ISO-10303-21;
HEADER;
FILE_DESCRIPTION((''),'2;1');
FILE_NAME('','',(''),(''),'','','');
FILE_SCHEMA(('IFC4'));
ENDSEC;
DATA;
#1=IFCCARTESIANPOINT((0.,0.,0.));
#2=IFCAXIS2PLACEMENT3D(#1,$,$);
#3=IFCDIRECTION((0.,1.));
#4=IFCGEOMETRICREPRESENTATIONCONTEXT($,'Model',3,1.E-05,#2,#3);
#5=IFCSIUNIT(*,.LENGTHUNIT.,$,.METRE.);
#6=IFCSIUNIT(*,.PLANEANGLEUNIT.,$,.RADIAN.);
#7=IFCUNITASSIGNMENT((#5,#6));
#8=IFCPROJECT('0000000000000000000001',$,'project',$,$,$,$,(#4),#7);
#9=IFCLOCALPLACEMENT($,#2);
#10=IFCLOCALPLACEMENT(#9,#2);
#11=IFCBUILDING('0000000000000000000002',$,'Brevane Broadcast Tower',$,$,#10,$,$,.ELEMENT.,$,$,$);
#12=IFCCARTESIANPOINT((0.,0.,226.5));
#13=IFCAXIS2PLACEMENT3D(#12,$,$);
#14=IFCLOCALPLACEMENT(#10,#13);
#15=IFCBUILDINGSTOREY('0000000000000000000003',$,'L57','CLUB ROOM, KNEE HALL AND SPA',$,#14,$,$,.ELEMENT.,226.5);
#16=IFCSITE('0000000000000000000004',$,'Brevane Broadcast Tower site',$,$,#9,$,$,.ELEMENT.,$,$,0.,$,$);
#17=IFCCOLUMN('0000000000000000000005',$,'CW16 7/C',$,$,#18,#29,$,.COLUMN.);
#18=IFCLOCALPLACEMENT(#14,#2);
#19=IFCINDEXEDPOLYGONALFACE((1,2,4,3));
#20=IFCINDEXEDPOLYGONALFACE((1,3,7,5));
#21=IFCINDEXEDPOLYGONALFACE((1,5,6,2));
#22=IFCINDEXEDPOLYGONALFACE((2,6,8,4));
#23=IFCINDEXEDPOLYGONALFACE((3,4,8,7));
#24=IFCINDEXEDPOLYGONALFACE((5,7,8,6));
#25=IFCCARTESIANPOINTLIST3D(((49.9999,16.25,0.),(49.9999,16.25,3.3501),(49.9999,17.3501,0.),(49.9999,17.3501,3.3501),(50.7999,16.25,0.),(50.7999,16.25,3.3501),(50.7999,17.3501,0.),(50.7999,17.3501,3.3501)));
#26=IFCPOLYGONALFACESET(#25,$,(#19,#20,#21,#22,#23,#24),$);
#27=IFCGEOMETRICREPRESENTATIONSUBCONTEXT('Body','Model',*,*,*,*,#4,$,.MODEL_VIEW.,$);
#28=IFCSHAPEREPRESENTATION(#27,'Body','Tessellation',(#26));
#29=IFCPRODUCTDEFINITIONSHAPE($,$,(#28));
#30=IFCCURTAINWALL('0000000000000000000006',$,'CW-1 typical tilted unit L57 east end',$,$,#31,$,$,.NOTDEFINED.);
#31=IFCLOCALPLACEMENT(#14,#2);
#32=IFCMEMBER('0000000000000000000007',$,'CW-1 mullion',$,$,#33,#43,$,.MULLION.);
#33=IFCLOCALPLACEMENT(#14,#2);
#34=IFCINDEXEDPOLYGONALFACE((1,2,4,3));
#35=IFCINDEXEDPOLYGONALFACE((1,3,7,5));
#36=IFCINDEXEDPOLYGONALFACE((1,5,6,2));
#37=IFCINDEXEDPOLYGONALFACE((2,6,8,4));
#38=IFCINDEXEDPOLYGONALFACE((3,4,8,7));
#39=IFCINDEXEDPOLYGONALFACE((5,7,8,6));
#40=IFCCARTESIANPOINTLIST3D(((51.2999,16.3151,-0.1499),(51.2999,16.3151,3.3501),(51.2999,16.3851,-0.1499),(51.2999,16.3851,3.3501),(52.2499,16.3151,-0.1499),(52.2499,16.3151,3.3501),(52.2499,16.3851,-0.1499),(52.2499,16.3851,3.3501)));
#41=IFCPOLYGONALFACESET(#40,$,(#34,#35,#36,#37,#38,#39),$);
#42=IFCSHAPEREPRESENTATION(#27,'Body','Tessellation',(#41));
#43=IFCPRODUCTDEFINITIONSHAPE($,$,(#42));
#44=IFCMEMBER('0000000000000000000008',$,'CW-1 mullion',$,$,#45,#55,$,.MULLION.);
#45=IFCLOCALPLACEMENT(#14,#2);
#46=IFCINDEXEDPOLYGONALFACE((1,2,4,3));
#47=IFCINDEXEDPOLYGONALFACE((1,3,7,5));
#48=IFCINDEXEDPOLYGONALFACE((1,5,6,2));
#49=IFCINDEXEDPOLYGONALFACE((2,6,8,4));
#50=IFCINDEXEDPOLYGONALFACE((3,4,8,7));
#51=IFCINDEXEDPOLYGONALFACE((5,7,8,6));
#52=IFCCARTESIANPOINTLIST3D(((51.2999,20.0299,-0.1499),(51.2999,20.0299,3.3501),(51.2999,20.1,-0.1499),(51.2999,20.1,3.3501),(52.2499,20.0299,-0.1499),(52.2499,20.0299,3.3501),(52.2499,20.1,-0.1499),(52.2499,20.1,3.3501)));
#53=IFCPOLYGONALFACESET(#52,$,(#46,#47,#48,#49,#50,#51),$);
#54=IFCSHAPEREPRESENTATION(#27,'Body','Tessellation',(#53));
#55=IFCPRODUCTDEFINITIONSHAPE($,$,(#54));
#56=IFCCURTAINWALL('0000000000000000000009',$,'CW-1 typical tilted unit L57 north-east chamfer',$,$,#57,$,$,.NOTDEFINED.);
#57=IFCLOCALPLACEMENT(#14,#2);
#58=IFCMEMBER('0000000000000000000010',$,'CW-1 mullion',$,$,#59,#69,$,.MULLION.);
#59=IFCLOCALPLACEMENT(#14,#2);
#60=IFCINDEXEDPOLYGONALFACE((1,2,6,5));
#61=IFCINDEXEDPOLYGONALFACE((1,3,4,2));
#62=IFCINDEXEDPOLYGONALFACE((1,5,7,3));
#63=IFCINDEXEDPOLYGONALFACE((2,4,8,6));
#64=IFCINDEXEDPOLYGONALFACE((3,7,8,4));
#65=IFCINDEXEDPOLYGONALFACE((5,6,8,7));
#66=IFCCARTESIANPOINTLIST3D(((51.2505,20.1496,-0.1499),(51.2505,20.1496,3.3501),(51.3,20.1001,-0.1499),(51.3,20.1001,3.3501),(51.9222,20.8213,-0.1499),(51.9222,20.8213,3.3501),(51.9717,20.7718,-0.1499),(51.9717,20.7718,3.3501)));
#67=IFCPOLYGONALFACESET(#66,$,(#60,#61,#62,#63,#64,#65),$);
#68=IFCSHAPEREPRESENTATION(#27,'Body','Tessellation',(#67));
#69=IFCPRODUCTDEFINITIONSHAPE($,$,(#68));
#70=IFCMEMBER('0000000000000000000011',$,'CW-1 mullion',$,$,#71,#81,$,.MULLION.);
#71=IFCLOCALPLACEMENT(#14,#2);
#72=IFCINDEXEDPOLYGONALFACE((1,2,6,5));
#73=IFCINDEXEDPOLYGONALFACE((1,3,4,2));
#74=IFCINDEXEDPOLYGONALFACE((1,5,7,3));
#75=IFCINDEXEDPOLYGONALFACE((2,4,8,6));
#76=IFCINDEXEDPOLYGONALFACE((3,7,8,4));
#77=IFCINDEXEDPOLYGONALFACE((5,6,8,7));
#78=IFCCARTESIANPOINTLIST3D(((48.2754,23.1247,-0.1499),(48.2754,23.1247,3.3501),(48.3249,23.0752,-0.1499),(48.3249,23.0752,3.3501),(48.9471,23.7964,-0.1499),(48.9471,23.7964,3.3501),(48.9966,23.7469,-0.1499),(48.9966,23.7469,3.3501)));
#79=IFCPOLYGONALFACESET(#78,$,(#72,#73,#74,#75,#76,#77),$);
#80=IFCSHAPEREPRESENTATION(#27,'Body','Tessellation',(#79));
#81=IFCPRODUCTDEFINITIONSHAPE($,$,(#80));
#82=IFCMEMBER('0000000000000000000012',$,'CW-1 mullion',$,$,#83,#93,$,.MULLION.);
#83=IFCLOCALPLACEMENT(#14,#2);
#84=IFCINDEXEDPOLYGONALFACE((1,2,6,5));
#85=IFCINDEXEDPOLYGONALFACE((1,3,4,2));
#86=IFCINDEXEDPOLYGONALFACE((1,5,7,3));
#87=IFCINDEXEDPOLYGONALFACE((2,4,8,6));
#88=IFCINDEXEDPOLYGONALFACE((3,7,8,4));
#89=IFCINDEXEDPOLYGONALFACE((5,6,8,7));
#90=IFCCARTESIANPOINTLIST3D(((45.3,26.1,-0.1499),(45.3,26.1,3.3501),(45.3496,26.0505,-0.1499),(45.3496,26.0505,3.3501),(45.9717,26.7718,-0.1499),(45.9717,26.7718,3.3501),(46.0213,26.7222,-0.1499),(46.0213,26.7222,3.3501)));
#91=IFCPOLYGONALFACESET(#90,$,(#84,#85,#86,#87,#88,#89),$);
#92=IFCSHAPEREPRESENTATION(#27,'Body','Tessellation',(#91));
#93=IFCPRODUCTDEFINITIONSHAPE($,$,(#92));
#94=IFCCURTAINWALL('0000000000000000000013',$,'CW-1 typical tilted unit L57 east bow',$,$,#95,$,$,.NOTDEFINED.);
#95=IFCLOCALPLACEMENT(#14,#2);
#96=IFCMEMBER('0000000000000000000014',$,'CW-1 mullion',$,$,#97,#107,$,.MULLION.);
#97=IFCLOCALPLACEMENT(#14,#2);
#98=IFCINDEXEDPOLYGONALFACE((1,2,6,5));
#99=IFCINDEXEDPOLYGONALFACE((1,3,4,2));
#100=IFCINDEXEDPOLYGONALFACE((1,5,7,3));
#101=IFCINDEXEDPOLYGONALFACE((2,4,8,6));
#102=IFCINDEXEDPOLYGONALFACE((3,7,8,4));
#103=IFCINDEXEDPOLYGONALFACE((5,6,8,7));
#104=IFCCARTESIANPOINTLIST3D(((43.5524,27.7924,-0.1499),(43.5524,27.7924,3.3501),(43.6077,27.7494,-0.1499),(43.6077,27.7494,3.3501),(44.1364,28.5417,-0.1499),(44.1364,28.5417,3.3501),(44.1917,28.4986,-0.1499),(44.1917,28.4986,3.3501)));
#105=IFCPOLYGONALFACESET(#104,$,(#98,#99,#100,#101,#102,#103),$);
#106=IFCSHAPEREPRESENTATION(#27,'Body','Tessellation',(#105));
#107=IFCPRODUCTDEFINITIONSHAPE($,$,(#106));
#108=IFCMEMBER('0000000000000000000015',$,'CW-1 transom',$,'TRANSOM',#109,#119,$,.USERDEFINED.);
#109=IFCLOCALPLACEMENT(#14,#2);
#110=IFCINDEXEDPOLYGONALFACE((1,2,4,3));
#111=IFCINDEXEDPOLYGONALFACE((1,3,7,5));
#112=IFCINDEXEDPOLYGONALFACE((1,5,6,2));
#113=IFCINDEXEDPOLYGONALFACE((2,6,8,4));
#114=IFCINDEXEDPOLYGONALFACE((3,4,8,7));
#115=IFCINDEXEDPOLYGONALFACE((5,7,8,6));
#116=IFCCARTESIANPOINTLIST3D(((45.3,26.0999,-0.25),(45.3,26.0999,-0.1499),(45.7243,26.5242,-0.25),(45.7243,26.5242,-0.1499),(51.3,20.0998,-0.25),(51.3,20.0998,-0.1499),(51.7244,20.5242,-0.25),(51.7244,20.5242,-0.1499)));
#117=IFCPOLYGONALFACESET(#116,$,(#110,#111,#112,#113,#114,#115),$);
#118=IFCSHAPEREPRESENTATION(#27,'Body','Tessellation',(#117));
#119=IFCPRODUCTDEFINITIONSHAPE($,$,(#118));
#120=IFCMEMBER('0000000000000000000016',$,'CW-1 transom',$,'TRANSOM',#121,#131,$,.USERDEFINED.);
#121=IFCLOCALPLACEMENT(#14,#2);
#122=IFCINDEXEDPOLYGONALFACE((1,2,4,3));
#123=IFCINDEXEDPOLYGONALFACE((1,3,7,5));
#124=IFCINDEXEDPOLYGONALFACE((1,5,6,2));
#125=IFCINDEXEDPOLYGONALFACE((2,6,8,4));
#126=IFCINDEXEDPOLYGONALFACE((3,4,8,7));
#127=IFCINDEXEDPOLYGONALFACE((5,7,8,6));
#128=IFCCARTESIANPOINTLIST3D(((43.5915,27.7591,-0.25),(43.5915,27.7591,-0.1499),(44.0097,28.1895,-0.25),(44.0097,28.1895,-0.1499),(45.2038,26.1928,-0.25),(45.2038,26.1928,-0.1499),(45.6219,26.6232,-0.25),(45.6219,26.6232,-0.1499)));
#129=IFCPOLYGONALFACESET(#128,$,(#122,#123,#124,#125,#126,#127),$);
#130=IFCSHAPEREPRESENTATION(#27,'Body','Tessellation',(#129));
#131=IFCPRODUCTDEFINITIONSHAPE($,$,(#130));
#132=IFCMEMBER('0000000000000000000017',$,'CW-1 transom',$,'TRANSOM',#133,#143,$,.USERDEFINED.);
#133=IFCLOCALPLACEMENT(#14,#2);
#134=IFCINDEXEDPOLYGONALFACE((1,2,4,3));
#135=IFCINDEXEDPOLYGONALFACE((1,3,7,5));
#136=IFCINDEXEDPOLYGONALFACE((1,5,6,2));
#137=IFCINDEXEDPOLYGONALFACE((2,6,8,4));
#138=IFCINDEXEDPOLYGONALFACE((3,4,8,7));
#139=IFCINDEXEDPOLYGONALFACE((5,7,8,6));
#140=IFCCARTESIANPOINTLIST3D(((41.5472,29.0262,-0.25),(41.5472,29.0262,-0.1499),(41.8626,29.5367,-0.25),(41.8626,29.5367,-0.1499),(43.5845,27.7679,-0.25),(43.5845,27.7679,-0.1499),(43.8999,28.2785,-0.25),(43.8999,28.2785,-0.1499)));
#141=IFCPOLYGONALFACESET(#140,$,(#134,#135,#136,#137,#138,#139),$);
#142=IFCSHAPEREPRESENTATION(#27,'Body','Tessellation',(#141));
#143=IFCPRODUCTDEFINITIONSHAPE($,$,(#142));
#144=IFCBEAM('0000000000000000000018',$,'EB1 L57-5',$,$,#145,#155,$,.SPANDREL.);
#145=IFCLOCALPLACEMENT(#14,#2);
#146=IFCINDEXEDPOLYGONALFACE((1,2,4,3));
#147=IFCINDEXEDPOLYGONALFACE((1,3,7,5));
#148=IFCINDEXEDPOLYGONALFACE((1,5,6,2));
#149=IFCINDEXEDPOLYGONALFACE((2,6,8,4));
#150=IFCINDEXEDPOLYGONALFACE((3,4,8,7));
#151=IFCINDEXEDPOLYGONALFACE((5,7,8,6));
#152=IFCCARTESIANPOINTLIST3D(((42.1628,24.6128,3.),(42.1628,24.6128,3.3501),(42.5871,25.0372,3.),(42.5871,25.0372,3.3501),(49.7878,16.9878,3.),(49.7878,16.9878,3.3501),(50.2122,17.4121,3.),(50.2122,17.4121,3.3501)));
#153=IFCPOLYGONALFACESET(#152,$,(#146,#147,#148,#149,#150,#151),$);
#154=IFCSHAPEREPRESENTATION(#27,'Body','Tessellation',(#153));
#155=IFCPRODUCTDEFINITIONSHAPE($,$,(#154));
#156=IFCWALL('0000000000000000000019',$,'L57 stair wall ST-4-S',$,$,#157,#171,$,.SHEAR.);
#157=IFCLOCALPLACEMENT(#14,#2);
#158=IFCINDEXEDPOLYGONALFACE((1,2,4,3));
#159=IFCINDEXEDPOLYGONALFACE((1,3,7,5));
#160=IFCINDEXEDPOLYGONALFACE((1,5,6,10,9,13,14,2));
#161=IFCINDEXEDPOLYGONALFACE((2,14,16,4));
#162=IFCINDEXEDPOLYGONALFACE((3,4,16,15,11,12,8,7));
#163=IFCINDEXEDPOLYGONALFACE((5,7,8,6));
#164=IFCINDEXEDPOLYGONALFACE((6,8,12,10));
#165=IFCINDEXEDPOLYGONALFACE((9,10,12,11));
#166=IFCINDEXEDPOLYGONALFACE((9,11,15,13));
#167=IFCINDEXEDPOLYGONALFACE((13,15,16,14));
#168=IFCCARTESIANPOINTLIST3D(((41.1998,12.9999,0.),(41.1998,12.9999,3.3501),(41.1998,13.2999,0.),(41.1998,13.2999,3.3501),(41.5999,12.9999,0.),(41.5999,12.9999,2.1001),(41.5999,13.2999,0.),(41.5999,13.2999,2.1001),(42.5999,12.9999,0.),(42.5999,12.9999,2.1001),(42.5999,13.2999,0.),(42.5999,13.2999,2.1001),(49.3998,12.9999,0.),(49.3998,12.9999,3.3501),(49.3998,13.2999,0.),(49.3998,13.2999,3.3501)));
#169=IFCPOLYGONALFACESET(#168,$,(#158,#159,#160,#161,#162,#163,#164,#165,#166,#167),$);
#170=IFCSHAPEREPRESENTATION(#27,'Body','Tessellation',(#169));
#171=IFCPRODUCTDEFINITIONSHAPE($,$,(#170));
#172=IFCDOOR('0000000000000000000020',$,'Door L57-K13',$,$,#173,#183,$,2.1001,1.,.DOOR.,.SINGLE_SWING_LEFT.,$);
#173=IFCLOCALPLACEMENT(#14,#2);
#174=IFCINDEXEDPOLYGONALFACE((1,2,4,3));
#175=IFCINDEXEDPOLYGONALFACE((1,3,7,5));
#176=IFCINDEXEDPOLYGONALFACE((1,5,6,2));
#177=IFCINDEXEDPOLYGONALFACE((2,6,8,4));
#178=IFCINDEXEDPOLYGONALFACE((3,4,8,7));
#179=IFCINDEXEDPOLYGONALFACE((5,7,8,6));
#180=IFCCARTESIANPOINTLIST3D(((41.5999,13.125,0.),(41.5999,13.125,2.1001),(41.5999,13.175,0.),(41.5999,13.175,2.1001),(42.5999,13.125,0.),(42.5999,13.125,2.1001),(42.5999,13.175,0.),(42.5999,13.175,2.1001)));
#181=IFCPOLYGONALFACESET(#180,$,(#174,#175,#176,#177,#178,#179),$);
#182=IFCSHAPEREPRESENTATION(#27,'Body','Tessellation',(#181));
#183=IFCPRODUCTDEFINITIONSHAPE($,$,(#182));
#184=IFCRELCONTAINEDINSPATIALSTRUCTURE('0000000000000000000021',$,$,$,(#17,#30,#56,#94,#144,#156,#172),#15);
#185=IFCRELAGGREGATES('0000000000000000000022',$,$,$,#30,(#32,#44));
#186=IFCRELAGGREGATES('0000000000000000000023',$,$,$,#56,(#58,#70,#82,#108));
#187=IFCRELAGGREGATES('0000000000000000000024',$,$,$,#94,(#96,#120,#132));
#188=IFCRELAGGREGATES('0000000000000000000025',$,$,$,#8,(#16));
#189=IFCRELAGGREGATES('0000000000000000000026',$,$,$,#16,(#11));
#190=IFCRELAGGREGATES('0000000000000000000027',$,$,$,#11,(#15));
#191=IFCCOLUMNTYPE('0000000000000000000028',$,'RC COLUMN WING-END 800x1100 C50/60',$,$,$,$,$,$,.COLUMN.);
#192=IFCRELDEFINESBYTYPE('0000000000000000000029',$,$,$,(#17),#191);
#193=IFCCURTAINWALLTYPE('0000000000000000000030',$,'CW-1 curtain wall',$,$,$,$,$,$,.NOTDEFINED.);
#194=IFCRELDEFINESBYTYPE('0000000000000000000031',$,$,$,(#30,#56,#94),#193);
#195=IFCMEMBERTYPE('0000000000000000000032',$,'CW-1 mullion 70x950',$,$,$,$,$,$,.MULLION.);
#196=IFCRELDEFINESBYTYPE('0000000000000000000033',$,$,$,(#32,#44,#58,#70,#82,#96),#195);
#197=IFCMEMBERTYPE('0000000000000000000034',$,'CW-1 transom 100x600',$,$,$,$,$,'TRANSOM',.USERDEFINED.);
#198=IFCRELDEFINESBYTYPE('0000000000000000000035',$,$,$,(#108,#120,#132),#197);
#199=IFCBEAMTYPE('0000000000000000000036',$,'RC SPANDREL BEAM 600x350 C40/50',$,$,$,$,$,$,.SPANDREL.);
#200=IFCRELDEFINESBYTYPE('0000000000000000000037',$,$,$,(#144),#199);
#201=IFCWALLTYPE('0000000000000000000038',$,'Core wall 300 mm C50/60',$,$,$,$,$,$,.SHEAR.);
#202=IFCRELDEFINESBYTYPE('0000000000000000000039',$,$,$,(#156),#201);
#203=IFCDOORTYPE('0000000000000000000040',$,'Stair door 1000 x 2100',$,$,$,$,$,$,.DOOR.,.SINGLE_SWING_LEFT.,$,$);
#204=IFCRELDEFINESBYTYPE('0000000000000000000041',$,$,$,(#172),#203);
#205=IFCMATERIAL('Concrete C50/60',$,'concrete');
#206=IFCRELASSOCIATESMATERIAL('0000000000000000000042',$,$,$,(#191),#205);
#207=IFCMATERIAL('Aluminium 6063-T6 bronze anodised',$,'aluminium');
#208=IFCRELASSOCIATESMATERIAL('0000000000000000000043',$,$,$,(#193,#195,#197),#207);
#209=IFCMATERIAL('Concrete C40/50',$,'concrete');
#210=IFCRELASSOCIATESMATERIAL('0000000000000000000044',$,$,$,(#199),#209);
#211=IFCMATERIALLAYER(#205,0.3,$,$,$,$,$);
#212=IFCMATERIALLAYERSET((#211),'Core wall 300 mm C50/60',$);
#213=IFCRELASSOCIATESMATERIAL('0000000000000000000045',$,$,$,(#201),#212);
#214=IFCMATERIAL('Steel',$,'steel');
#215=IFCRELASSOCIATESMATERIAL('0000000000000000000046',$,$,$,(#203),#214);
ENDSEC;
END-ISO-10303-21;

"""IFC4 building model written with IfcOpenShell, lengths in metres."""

from ifc_helpers import new_model, si_unit, direction, frame, frame_2d, origin, origin_2d, place, context, subcontext, project, spatial, rectangle, extrude, material, layer, layer_set, material_profile, profile_set, type_object, element, fill, aggregate, save


model = new_model("IFC4")

# Units and contexts
model_context = context("Model", 3, precision=1e-05, world=origin(), true_north=direction((0.0, 1.0)))
body_context = subcontext(model_context, "Body", "Model", "MODEL_VIEW")
ifc_project = project(units=[si_unit("LENGTHUNIT", "METRE"), si_unit("PLANEANGLEUNIT", "RADIAN")], contexts=[model_context])

# Site, building, storey
site_placement = place(None, origin())
site = spatial("IfcSite", under=ifc_project, at=site_placement, Name="Brevane Broadcast Tower site", CompositionType="ELEMENT", RefElevation=0.0)
building_placement = place(site_placement, origin())
building = spatial("IfcBuilding", under=site, at=building_placement, Name="Brevane Broadcast Tower", CompositionType="ELEMENT")
storey_placement = place(building_placement, frame((0.0, 0.0, 226.5)))
storey = spatial("IfcBuildingStorey", under=building, at=storey_placement, Name="L57", Description="CLUB ROOM, KNEE HALL AND SPA", CompositionType="ELEMENT", Elevation=226.5)

# Column
ifc_material_1 = material(Name="Concrete C50/60", Category="concrete")
ifc_material_profile_1 = material_profile(ifc_material_1, rectangle(XDim=0.8, YDim=1.1001, at=origin_2d()), Name="RC 800x1100")
ifc_profile_set_1 = profile_set([ifc_material_profile_1], Name="Concrete C50/60")
column_type = type_object("IfcColumnType", Name="RC COLUMN WING-END 800x1100 C50/60", PredefinedType="COLUMN", material=ifc_profile_set_1)
column_placement = place(storey_placement, frame((50.3999, 16.8, 0.0), z_axis=(0.0, 0.0, 1.0), x_axis=(1.0, 0.0, 0.0)))
element("IfcColumn", 1, at=column_placement, inside=storey, type_object=column_type, Name="CW16 7/C", PredefinedType="COLUMN", context=body_context, shape_type="SweptSolid", body=[
    extrude(rectangle(XDim=0.8, YDim=1.1001, at=origin_2d()), origin(), (0.0, 0.0, 1.0), 3.3501),
])

# Curtain walls, members
ifc_material_2 = material(Name="Aluminium 6063-T6 bronze anodised", Category="aluminium")
curtain_wall_type = type_object("IfcCurtainWallType", Name="CW-1 curtain wall", PredefinedType="NOTDEFINED", material=ifc_material_2)
curtain_wall_1_placement = place(storey_placement, origin())
curtain_wall_1 = element("IfcCurtainWall", 2, at=curtain_wall_1_placement, inside=storey, type_object=curtain_wall_type, Name="CW-1 typical tilted unit L57 east end", PredefinedType="NOTDEFINED")
ifc_material_profile_2 = material_profile(ifc_material_2, rectangle(XDim=0.95, YDim=0.0701, at=origin_2d()), Name="RECT 70x950")
ifc_profile_set_2 = profile_set([ifc_material_profile_2], Name="Aluminium 6063-T6 bronze anodised")
member_type_1 = type_object("IfcMemberType", Name="CW-1 mullion 70x950", PredefinedType="MULLION", material=ifc_profile_set_2)
member_1_placement = place(storey_placement, frame((51.7749, 16.3501, -0.1499), z_axis=(0.0, 0.0, 1.0), x_axis=(-1.0, 0.0, 0.0)))
member_1 = element("IfcMember", 3, at=member_1_placement, type_object=member_type_1, Name="CW-1 mullion", PredefinedType="MULLION", context=body_context, shape_type="SweptSolid", body=[
    extrude(rectangle(XDim=0.95, YDim=0.0701, at=origin_2d()), origin(), (0.0, 0.0, 1.0), 3.5),
])
member_2_placement = place(storey_placement, frame((51.7749, 20.0649, -0.1499), z_axis=(0.0, 0.0, 1.0), x_axis=(-1.0, 0.0, 0.0)))
member_2 = element("IfcMember", 4, at=member_2_placement, type_object=member_type_1, Name="CW-1 mullion", PredefinedType="MULLION", context=body_context, shape_type="SweptSolid", body=[
    extrude(rectangle(XDim=0.95, YDim=0.0701, at=origin_2d()), origin(), (0.0, 0.0, 1.0), 3.5),
])
aggregate(curtain_wall_1, [member_1, member_2])
curtain_wall_2_placement = place(storey_placement, origin())
curtain_wall_2 = element("IfcCurtainWall", 5, at=curtain_wall_2_placement, inside=storey, type_object=curtain_wall_type, Name="CW-1 typical tilted unit L57 north-east chamfer", PredefinedType="NOTDEFINED")
member_3_placement = place(storey_placement, frame((51.6111, 20.4607, -0.1499), z_axis=(0.0, 0.0, 1.0), x_axis=(-0.707107, -0.707107, 0.0)))
member_3 = element("IfcMember", 6, at=member_3_placement, type_object=member_type_1, Name="CW-1 mullion", PredefinedType="MULLION", context=body_context, shape_type="SweptSolid", body=[
    extrude(rectangle(XDim=0.95, YDim=0.0701, at=origin_2d()), origin(), (0.0, 0.0, 1.0), 3.5),
])
member_4_placement = place(storey_placement, frame((48.636, 23.4358, -0.1499), z_axis=(0.0, 0.0, 1.0), x_axis=(-0.707107, -0.707107, 0.0)))
member_4 = element("IfcMember", 7, at=member_4_placement, type_object=member_type_1, Name="CW-1 mullion", PredefinedType="MULLION", context=body_context, shape_type="SweptSolid", body=[
    extrude(rectangle(XDim=0.95, YDim=0.0701, at=origin_2d()), origin(), (0.0, 0.0, 1.0), 3.5),
])
member_5_placement = place(storey_placement, frame((45.6606, 26.4111, -0.1499), z_axis=(0.0, 0.0, 1.0), x_axis=(-0.707107, -0.707107, 0.0)))
member_5 = element("IfcMember", 8, at=member_5_placement, type_object=member_type_1, Name="CW-1 mullion", PredefinedType="MULLION", context=body_context, shape_type="SweptSolid", body=[
    extrude(rectangle(XDim=0.95, YDim=0.0701, at=origin_2d()), origin(), (0.0, 0.0, 1.0), 3.5),
])

# Curtain wall, member
curtain_wall_3_placement = place(storey_placement, origin())
curtain_wall_3 = element("IfcCurtainWall", 9, at=curtain_wall_3_placement, inside=storey, type_object=curtain_wall_type, Name="CW-1 typical tilted unit L57 east bow", PredefinedType="NOTDEFINED")
member_6_placement = place(storey_placement, frame((43.8721, 28.1455, -0.1499), z_axis=(0.0, 0.0, 1.0), x_axis=(-0.61477, -0.788707, 0.0)))
member_6 = element("IfcMember", 10, at=member_6_placement, type_object=member_type_1, Name="CW-1 mullion", PredefinedType="MULLION", context=body_context, shape_type="SweptSolid", body=[
    extrude(rectangle(XDim=0.95, YDim=0.0701, at=origin_2d()), origin(), (0.0, 0.0, 1.0), 3.5),
])

# Members
ifc_material_profile_3 = material_profile(ifc_material_2, rectangle(XDim=0.6001, YDim=0.1001, at=origin_2d()), Name="RECT 100x600")
ifc_profile_set_3 = profile_set([ifc_material_profile_3], Name="Aluminium 6063-T6 bronze anodised")
member_type_2 = type_object("IfcMemberType", Name="CW-1 transom 100x600", ElementType="TRANSOM", PredefinedType="USERDEFINED", material=ifc_profile_set_3)
member_7_placement = place(storey_placement, frame((51.5122, 20.312, -0.2), z_axis=(-0.707107, 0.707107, 0.0), x_axis=(-0.707107, -0.707107, 0.0)))
member_7 = element("IfcMember", 11, at=member_7_placement, type_object=member_type_2, Name="CW-1 transom", ObjectType="TRANSOM", PredefinedType="USERDEFINED", context=body_context, shape_type="SweptSolid", body=[
    extrude(rectangle(XDim=0.6001, YDim=0.1001, at=origin_2d()), origin(), (0.0, 0.0, 1.0), 8.4854),
])
aggregate(curtain_wall_2, [member_3, member_4, member_5, member_7])
member_8_placement = place(storey_placement, frame((45.4128, 26.408, -0.2), z_axis=(-0.717242, 0.696824, 0.0), x_axis=(-0.696824, -0.717242, 0.0)))
member_8 = element("IfcMember", 12, at=member_8_placement, type_object=member_type_2, Name="CW-1 transom", ObjectType="TRANSOM", PredefinedType="USERDEFINED", context=body_context, shape_type="SweptSolid", body=[
    extrude(rectangle(XDim=0.6001, YDim=0.1001, at=origin_2d()), origin(), (0.0, 0.0, 1.0), 2.2478),
])
member_9_placement = place(storey_placement, frame((43.7422, 28.0232, -0.2), z_axis=(-0.85081, 0.525473, 0.0), x_axis=(-0.525473, -0.85081, 0.0)))
member_9 = element("IfcMember", 13, at=member_9_placement, type_object=member_type_2, Name="CW-1 transom", ObjectType="TRANSOM", PredefinedType="USERDEFINED", context=body_context, shape_type="SweptSolid", body=[
    extrude(rectangle(XDim=0.6001, YDim=0.1001, at=origin_2d()), origin(), (0.0, 0.0, 1.0), 2.3945),
])
aggregate(curtain_wall_3, [member_6, member_8, member_9])

# Beam
ifc_material_3 = material(Name="Concrete C40/50", Category="concrete")
ifc_material_profile_4 = material_profile(ifc_material_3, rectangle(XDim=0.6001, YDim=0.3501, at=origin_2d()), Name="RC 600x350")
ifc_profile_set_4 = profile_set([ifc_material_profile_4], Name="Concrete C40/50")
beam_type = type_object("IfcBeamType", Name="RC SPANDREL BEAM 600x350 C40/50", PredefinedType="SPANDREL", material=ifc_profile_set_4)
beam_placement = place(storey_placement, frame((50.0, 17.2, 3.175), z_axis=(-0.707107, 0.707107, 0.0), x_axis=(-0.707107, -0.707107, 0.0)))
element("IfcBeam", 14, at=beam_placement, inside=storey, type_object=beam_type, Name="EB1 L57-5", PredefinedType="SPANDREL", context=body_context, shape_type="SweptSolid", body=[
    extrude(rectangle(XDim=0.6001, YDim=0.3501, at=origin_2d()), origin(), (0.0, 0.0, 1.0), 10.7834),
])

# Wall, opening, door
ifc_layer_1 = layer(ifc_material_1, 0.3)
ifc_layer_set_1 = layer_set([ifc_layer_1], Name="Core wall 300 mm C50/60")
wall_type_1 = type_object("IfcWallType", Name="Core wall 300 mm C50/60", PredefinedType="SHEAR", material=ifc_layer_set_1)
wall_1_placement = place(storey_placement, frame((49.3999, 13.1499, 0.0), z_axis=(0.0, 0.0, 1.0), x_axis=(-1.0, 0.0, 0.0)))
wall_1 = element("IfcWall", 15, at=wall_1_placement, inside=storey, type_object=wall_type_1, Name="L57 stair wall ST-4-S", PredefinedType="SHEAR", context=body_context, shape_type="SweptSolid", body=[
    extrude(rectangle(XDim=8.2, YDim=0.3, at=frame_2d((4.1001, 0.0))), origin(), (0.0, 0.0, 1.0), 3.3501),
])
opening_1_placement = place(wall_1_placement, frame((6.8, 0.0, 0.0)))
opening_1 = element("IfcOpeningElement", 16, at=opening_1_placement, cuts=wall_1, PredefinedType="OPENING", context=body_context, shape_type="SweptSolid", body=[
    extrude(rectangle(XDim=1.0, YDim=2.1001, at=frame_2d((0.5, 1.05))), frame((0.0, 0.1599, 0.0), z_axis=(0.0, -1.0, 0.0), x_axis=(1.0, 0.0, 0.0)), (0.0, 0.0, 1.0), 0.3201),
])
ifc_material_4 = material(Name="Steel", Category="steel")
door_type_1 = type_object("IfcDoorType", Name="Stair door 1000 x 2100", OperationType="SINGLE_SWING_LEFT", PredefinedType="DOOR", material=ifc_material_4)
door_1_placement = place(opening_1_placement, origin())
door_1 = element("IfcDoor", 17, at=door_1_placement, inside=storey, type_object=door_type_1, Name="Door L57-K13", OperationType="SINGLE_SWING_LEFT", OverallHeight=2.1001, OverallWidth=1.0, PredefinedType="DOOR", context=body_context, shape_type="SweptSolid", body=[
    extrude(rectangle(XDim=1.0, YDim=2.1001, at=frame_2d((0.5, 1.05))), frame((0.0, 0.0249, 0.0), z_axis=(0.0, -1.0, 0.0), x_axis=(1.0, 0.0, 0.0)), (0.0, 0.0, 1.0), 0.05),
])
fill(opening_1, door_1)

save(model, "model.ifc")
